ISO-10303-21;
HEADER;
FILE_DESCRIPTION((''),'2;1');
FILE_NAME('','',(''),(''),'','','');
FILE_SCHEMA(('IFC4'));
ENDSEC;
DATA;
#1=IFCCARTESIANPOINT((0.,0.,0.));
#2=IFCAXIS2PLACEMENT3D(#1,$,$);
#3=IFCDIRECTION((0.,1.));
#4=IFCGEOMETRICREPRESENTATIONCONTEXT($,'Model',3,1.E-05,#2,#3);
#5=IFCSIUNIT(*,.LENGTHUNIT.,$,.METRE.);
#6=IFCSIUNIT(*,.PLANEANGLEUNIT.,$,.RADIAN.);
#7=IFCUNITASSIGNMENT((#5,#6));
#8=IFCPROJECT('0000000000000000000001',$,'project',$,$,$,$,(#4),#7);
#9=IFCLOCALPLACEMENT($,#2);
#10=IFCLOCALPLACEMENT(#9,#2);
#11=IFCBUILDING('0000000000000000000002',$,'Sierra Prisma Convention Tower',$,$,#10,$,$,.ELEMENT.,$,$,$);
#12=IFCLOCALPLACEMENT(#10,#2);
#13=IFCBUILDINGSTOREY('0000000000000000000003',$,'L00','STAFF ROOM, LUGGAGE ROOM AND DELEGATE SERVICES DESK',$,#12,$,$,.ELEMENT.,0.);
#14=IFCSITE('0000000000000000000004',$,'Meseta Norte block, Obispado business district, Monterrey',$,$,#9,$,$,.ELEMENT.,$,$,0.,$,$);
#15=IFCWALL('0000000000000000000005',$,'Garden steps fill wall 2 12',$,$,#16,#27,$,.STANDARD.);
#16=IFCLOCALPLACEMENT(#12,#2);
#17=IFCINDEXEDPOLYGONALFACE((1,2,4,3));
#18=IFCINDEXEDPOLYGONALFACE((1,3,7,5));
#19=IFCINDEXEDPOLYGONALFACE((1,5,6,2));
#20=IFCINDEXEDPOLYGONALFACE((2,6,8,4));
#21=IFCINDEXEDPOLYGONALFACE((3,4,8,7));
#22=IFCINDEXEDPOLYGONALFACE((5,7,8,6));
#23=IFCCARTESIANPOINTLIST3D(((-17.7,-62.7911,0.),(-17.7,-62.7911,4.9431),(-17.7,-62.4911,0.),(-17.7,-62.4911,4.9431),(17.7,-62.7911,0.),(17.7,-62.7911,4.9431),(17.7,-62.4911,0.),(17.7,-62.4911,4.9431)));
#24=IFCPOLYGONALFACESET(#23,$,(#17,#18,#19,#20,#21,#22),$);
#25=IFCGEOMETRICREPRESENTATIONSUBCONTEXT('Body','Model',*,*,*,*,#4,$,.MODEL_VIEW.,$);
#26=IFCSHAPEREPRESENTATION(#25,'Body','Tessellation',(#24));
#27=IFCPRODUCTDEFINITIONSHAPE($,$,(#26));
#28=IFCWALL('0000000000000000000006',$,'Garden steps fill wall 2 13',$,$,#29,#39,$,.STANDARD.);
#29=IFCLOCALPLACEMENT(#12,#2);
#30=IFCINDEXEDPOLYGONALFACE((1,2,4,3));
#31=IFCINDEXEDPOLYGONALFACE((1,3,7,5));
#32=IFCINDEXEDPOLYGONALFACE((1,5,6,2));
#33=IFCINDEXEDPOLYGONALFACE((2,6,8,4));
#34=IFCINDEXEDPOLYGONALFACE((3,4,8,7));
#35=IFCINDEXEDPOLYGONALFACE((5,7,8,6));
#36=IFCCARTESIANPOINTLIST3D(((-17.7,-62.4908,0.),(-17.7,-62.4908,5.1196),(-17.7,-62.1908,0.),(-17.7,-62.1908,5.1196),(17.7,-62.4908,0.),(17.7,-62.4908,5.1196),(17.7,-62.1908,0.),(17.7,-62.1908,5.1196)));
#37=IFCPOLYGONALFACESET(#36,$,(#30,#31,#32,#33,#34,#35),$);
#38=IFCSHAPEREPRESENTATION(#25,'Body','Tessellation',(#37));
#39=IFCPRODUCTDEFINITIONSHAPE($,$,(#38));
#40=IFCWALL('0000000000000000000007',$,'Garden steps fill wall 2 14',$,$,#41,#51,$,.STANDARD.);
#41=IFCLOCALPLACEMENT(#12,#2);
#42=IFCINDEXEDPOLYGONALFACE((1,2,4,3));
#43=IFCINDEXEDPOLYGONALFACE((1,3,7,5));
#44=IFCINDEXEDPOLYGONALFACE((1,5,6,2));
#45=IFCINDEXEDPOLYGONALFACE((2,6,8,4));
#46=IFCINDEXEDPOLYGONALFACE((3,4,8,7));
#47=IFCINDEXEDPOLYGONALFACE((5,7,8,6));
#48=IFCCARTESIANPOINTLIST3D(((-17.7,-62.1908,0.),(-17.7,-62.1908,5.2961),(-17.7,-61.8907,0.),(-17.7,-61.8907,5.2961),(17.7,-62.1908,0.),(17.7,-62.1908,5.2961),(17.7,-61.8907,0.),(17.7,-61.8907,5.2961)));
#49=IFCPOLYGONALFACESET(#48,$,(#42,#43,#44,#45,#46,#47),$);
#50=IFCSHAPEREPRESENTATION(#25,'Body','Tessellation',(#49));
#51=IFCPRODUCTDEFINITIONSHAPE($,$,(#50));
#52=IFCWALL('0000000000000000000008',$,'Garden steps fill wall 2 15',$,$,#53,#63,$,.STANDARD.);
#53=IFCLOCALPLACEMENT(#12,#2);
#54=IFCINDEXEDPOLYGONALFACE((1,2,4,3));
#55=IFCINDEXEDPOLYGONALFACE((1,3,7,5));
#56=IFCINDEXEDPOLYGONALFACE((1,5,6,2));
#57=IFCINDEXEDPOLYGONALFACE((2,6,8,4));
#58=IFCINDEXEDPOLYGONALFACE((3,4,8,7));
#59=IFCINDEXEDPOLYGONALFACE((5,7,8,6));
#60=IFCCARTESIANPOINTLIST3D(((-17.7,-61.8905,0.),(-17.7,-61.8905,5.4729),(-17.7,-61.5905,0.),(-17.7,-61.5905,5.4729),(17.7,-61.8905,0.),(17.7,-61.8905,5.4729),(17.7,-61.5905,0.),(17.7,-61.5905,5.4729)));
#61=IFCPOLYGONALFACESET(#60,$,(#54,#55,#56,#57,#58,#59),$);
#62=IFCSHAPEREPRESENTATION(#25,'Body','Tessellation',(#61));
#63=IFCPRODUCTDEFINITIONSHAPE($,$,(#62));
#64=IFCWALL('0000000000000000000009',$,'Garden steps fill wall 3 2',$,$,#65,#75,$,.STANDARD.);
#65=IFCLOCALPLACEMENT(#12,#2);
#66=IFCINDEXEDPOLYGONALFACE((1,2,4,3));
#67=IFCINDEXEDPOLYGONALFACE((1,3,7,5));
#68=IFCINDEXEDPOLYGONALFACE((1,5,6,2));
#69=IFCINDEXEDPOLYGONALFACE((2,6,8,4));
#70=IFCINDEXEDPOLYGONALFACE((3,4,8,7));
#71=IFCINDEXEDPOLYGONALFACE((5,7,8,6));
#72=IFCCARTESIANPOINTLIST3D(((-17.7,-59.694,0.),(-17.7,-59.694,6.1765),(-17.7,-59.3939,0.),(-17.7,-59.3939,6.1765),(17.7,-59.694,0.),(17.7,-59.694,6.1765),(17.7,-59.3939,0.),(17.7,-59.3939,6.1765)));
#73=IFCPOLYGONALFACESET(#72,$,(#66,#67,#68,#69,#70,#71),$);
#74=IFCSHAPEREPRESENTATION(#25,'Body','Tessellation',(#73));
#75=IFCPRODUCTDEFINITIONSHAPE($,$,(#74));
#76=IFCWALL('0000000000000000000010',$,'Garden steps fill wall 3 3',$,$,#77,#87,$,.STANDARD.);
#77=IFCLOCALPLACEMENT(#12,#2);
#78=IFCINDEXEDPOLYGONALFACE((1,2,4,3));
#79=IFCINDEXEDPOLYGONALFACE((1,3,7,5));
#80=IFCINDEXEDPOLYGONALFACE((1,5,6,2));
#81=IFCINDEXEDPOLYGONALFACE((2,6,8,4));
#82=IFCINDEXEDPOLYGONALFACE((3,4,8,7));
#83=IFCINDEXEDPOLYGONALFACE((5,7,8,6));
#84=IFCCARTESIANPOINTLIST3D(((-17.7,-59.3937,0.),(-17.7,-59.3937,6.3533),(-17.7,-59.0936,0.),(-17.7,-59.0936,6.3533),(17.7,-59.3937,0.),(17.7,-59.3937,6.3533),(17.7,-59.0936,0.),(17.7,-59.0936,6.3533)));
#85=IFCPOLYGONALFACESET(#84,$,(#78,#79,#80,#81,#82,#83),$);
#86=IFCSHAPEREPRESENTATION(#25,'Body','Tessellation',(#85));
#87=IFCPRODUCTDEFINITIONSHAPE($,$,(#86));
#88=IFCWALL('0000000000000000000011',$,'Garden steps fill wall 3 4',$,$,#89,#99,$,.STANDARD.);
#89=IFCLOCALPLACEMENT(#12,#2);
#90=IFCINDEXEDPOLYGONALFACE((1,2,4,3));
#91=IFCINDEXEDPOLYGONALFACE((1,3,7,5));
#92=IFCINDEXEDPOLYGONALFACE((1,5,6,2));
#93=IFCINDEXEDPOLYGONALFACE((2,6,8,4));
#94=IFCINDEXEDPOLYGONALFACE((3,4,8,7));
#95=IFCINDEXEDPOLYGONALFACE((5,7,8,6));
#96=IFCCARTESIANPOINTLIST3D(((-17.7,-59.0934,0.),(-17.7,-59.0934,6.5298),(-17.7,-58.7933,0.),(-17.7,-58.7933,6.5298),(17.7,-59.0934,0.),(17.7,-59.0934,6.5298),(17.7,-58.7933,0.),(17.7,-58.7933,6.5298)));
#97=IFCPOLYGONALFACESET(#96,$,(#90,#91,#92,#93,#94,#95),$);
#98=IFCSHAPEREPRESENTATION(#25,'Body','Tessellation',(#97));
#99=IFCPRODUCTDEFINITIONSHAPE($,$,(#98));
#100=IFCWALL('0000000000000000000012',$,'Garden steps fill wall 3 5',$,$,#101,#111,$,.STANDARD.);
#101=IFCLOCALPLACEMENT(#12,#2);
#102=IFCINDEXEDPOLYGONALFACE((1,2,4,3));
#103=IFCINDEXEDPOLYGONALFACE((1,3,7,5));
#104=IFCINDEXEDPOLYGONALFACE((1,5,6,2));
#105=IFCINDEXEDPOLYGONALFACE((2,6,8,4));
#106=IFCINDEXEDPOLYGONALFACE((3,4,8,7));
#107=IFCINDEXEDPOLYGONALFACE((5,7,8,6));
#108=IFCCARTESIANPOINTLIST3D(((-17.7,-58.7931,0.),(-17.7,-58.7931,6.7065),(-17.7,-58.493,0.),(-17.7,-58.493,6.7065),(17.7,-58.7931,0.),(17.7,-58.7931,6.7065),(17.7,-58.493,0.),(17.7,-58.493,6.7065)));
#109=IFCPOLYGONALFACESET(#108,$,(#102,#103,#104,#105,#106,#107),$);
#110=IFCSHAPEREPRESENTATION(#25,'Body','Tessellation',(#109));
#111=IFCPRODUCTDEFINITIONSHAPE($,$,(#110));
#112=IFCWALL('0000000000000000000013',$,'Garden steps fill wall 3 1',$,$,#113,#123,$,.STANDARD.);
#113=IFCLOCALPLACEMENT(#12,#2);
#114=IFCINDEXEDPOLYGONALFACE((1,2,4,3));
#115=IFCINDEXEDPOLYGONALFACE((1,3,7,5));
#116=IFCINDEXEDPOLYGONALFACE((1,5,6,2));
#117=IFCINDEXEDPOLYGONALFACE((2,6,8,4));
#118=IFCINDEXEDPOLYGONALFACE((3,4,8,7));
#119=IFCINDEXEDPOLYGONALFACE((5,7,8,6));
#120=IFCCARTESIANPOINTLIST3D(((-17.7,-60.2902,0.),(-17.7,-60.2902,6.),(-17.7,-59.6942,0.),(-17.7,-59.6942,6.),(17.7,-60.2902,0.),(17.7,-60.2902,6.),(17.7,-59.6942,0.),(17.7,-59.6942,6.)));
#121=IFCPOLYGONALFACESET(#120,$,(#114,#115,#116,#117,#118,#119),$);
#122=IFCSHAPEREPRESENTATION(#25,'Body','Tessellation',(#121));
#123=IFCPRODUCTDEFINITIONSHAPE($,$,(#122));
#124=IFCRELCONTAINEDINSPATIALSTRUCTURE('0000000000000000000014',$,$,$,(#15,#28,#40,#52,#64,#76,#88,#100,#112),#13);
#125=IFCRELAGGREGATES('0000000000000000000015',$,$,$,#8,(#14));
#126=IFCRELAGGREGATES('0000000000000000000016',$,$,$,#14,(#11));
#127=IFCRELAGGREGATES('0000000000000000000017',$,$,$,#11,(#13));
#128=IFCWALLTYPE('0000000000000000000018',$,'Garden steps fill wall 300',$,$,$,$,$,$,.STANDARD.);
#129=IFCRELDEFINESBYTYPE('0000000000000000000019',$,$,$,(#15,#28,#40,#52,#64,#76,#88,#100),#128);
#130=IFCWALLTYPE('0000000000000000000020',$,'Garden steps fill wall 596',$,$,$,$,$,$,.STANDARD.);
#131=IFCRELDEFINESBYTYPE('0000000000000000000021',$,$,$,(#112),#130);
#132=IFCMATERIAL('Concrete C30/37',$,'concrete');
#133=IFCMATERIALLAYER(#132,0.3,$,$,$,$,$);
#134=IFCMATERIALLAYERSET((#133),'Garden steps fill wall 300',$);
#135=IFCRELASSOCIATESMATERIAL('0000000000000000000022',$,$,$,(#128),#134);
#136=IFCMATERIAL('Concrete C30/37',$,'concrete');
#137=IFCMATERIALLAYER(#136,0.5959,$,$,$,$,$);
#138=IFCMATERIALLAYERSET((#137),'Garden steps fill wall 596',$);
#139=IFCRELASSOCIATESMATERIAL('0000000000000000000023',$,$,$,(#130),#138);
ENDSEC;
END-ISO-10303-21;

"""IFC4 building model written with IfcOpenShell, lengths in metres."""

from ifc_helpers import new_model, si_unit, direction, frame, frame_2d, origin, place, context, subcontext, project, spatial, rectangle, extrude, material, layer, layer_set, type_object, element, save


model = new_model("IFC4")

# Units and contexts
model_context = context("Model", 3, precision=1e-05, world=origin(), true_north=direction((0.0, 1.0)))
body_context = subcontext(model_context, "Body", "Model", "MODEL_VIEW")
ifc_project = project(units=[si_unit("LENGTHUNIT", "METRE"), si_unit("PLANEANGLEUNIT", "RADIAN")], contexts=[model_context])

# Site, building, storey
site_placement = place(None, origin())
site = spatial("IfcSite", under=ifc_project, at=site_placement, Name="Meseta Norte block, Obispado business district, Monterrey", CompositionType="ELEMENT", RefElevation=0.0)
building_placement = place(site_placement, origin())
building = spatial("IfcBuilding", under=site, at=building_placement, Name="Sierra Prisma Convention Tower", CompositionType="ELEMENT")
storey_placement = place(building_placement, origin())
storey = spatial("IfcBuildingStorey", under=building, at=storey_placement, Name="L00", Description="STAFF ROOM, LUGGAGE ROOM AND DELEGATE SERVICES DESK", CompositionType="ELEMENT", Elevation=0.0)

# Walls
ifc_material_1 = material(Name="Concrete C30/37", Category="concrete")
ifc_layer_1 = layer(ifc_material_1, 0.3)
ifc_layer_set_1 = layer_set([ifc_layer_1], Name="Garden steps fill wall 300")
wall_type_1 = type_object("IfcWallType", Name="Garden steps fill wall 300", PredefinedType="STANDARD", material=ifc_layer_set_1)
wall_1_placement = place(storey_placement, frame((-17.7, -62.6411, 0.0), z_axis=(0.0, 0.0, 1.0), x_axis=(1.0, 0.0, 0.0)))
element("IfcWall", 1, at=wall_1_placement, inside=storey, type_object=wall_type_1, Name="Garden steps fill wall 2 12", PredefinedType="STANDARD", context=body_context, shape_type="SweptSolid", body=[
    extrude(rectangle(XDim=35.3999, YDim=0.3, at=frame_2d((17.7, 0.0))), origin(), (0.0, 0.0, 1.0), 4.9431),
])
wall_2_placement = place(storey_placement, frame((-17.7, -62.3408, 0.0), z_axis=(0.0, 0.0, 1.0), x_axis=(1.0, 0.0, 0.0)))
element("IfcWall", 2, at=wall_2_placement, inside=storey, type_object=wall_type_1, Name="Garden steps fill wall 2 13", PredefinedType="STANDARD", context=body_context, shape_type="SweptSolid", body=[
    extrude(rectangle(XDim=35.3999, YDim=0.3, at=frame_2d((17.7, 0.0))), origin(), (0.0, 0.0, 1.0), 5.1196),
])
wall_3_placement = place(storey_placement, frame((-17.7, -62.0408, 0.0), z_axis=(0.0, 0.0, 1.0), x_axis=(1.0, 0.0, 0.0)))
element("IfcWall", 3, at=wall_3_placement, inside=storey, type_object=wall_type_1, Name="Garden steps fill wall 2 14", PredefinedType="STANDARD", context=body_context, shape_type="SweptSolid", body=[
    extrude(rectangle(XDim=35.3999, YDim=0.3, at=frame_2d((17.7, 0.0))), origin(), (0.0, 0.0, 1.0), 5.2961),
])
wall_4_placement = place(storey_placement, frame((-17.7, -61.7405, 0.0), z_axis=(0.0, 0.0, 1.0), x_axis=(1.0, 0.0, 0.0)))
element("IfcWall", 4, at=wall_4_placement, inside=storey, type_object=wall_type_1, Name="Garden steps fill wall 2 15", PredefinedType="STANDARD", context=body_context, shape_type="SweptSolid", body=[
    extrude(rectangle(XDim=35.3999, YDim=0.3, at=frame_2d((17.7, 0.0))), origin(), (0.0, 0.0, 1.0), 5.4729),
])
wall_5_placement = place(storey_placement, frame((-17.7, -59.5439, 0.0), z_axis=(0.0, 0.0, 1.0), x_axis=(1.0, 0.0, 0.0)))
element("IfcWall", 5, at=wall_5_placement, inside=storey, type_object=wall_type_1, Name="Garden steps fill wall 3 2", PredefinedType="STANDARD", context=body_context, shape_type="SweptSolid", body=[
    extrude(rectangle(XDim=35.3999, YDim=0.3, at=frame_2d((17.7, 0.0))), origin(), (0.0, 0.0, 1.0), 6.1765),
])
wall_6_placement = place(storey_placement, frame((-17.7, -59.2437, 0.0), z_axis=(0.0, 0.0, 1.0), x_axis=(1.0, 0.0, 0.0)))
element("IfcWall", 6, at=wall_6_placement, inside=storey, type_object=wall_type_1, Name="Garden steps fill wall 3 3", PredefinedType="STANDARD", context=body_context, shape_type="SweptSolid", body=[
    extrude(rectangle(XDim=35.3999, YDim=0.3, at=frame_2d((17.7, 0.0))), origin(), (0.0, 0.0, 1.0), 6.3533),
])
wall_7_placement = place(storey_placement, frame((-17.7, -58.9434, 0.0), z_axis=(0.0, 0.0, 1.0), x_axis=(1.0, 0.0, 0.0)))
element("IfcWall", 7, at=wall_7_placement, inside=storey, type_object=wall_type_1, Name="Garden steps fill wall 3 4", PredefinedType="STANDARD", context=body_context, shape_type="SweptSolid", body=[
    extrude(rectangle(XDim=35.3999, YDim=0.3, at=frame_2d((17.7, 0.0))), origin(), (0.0, 0.0, 1.0), 6.5298),
])
wall_8_placement = place(storey_placement, frame((-17.7, -58.6431, 0.0), z_axis=(0.0, 0.0, 1.0), x_axis=(1.0, 0.0, 0.0)))
element("IfcWall", 8, at=wall_8_placement, inside=storey, type_object=wall_type_1, Name="Garden steps fill wall 3 5", PredefinedType="STANDARD", context=body_context, shape_type="SweptSolid", body=[
    extrude(rectangle(XDim=35.3999, YDim=0.3, at=frame_2d((17.7, 0.0))), origin(), (0.0, 0.0, 1.0), 6.7065),
])
ifc_material_2 = material(Name="Concrete C30/37", Category="concrete")
ifc_layer_2 = layer(ifc_material_2, 0.5959)
ifc_layer_set_2 = layer_set([ifc_layer_2], Name="Garden steps fill wall 596")
wall_type_2 = type_object("IfcWallType", Name="Garden steps fill wall 596", PredefinedType="STANDARD", material=ifc_layer_set_2)
wall_9_placement = place(storey_placement, frame((-17.7, -59.9922, 0.0), z_axis=(0.0, 0.0, 1.0), x_axis=(1.0, 0.0, 0.0)))
element("IfcWall", 9, at=wall_9_placement, inside=storey, type_object=wall_type_2, Name="Garden steps fill wall 3 1", PredefinedType="STANDARD", context=body_context, shape_type="SweptSolid", body=[
    extrude(rectangle(XDim=35.3999, YDim=0.5959, at=frame_2d((17.7, 0.0))), origin(), (0.0, 0.0, 1.0), 6.0),
])

save(model, "model.ifc")
